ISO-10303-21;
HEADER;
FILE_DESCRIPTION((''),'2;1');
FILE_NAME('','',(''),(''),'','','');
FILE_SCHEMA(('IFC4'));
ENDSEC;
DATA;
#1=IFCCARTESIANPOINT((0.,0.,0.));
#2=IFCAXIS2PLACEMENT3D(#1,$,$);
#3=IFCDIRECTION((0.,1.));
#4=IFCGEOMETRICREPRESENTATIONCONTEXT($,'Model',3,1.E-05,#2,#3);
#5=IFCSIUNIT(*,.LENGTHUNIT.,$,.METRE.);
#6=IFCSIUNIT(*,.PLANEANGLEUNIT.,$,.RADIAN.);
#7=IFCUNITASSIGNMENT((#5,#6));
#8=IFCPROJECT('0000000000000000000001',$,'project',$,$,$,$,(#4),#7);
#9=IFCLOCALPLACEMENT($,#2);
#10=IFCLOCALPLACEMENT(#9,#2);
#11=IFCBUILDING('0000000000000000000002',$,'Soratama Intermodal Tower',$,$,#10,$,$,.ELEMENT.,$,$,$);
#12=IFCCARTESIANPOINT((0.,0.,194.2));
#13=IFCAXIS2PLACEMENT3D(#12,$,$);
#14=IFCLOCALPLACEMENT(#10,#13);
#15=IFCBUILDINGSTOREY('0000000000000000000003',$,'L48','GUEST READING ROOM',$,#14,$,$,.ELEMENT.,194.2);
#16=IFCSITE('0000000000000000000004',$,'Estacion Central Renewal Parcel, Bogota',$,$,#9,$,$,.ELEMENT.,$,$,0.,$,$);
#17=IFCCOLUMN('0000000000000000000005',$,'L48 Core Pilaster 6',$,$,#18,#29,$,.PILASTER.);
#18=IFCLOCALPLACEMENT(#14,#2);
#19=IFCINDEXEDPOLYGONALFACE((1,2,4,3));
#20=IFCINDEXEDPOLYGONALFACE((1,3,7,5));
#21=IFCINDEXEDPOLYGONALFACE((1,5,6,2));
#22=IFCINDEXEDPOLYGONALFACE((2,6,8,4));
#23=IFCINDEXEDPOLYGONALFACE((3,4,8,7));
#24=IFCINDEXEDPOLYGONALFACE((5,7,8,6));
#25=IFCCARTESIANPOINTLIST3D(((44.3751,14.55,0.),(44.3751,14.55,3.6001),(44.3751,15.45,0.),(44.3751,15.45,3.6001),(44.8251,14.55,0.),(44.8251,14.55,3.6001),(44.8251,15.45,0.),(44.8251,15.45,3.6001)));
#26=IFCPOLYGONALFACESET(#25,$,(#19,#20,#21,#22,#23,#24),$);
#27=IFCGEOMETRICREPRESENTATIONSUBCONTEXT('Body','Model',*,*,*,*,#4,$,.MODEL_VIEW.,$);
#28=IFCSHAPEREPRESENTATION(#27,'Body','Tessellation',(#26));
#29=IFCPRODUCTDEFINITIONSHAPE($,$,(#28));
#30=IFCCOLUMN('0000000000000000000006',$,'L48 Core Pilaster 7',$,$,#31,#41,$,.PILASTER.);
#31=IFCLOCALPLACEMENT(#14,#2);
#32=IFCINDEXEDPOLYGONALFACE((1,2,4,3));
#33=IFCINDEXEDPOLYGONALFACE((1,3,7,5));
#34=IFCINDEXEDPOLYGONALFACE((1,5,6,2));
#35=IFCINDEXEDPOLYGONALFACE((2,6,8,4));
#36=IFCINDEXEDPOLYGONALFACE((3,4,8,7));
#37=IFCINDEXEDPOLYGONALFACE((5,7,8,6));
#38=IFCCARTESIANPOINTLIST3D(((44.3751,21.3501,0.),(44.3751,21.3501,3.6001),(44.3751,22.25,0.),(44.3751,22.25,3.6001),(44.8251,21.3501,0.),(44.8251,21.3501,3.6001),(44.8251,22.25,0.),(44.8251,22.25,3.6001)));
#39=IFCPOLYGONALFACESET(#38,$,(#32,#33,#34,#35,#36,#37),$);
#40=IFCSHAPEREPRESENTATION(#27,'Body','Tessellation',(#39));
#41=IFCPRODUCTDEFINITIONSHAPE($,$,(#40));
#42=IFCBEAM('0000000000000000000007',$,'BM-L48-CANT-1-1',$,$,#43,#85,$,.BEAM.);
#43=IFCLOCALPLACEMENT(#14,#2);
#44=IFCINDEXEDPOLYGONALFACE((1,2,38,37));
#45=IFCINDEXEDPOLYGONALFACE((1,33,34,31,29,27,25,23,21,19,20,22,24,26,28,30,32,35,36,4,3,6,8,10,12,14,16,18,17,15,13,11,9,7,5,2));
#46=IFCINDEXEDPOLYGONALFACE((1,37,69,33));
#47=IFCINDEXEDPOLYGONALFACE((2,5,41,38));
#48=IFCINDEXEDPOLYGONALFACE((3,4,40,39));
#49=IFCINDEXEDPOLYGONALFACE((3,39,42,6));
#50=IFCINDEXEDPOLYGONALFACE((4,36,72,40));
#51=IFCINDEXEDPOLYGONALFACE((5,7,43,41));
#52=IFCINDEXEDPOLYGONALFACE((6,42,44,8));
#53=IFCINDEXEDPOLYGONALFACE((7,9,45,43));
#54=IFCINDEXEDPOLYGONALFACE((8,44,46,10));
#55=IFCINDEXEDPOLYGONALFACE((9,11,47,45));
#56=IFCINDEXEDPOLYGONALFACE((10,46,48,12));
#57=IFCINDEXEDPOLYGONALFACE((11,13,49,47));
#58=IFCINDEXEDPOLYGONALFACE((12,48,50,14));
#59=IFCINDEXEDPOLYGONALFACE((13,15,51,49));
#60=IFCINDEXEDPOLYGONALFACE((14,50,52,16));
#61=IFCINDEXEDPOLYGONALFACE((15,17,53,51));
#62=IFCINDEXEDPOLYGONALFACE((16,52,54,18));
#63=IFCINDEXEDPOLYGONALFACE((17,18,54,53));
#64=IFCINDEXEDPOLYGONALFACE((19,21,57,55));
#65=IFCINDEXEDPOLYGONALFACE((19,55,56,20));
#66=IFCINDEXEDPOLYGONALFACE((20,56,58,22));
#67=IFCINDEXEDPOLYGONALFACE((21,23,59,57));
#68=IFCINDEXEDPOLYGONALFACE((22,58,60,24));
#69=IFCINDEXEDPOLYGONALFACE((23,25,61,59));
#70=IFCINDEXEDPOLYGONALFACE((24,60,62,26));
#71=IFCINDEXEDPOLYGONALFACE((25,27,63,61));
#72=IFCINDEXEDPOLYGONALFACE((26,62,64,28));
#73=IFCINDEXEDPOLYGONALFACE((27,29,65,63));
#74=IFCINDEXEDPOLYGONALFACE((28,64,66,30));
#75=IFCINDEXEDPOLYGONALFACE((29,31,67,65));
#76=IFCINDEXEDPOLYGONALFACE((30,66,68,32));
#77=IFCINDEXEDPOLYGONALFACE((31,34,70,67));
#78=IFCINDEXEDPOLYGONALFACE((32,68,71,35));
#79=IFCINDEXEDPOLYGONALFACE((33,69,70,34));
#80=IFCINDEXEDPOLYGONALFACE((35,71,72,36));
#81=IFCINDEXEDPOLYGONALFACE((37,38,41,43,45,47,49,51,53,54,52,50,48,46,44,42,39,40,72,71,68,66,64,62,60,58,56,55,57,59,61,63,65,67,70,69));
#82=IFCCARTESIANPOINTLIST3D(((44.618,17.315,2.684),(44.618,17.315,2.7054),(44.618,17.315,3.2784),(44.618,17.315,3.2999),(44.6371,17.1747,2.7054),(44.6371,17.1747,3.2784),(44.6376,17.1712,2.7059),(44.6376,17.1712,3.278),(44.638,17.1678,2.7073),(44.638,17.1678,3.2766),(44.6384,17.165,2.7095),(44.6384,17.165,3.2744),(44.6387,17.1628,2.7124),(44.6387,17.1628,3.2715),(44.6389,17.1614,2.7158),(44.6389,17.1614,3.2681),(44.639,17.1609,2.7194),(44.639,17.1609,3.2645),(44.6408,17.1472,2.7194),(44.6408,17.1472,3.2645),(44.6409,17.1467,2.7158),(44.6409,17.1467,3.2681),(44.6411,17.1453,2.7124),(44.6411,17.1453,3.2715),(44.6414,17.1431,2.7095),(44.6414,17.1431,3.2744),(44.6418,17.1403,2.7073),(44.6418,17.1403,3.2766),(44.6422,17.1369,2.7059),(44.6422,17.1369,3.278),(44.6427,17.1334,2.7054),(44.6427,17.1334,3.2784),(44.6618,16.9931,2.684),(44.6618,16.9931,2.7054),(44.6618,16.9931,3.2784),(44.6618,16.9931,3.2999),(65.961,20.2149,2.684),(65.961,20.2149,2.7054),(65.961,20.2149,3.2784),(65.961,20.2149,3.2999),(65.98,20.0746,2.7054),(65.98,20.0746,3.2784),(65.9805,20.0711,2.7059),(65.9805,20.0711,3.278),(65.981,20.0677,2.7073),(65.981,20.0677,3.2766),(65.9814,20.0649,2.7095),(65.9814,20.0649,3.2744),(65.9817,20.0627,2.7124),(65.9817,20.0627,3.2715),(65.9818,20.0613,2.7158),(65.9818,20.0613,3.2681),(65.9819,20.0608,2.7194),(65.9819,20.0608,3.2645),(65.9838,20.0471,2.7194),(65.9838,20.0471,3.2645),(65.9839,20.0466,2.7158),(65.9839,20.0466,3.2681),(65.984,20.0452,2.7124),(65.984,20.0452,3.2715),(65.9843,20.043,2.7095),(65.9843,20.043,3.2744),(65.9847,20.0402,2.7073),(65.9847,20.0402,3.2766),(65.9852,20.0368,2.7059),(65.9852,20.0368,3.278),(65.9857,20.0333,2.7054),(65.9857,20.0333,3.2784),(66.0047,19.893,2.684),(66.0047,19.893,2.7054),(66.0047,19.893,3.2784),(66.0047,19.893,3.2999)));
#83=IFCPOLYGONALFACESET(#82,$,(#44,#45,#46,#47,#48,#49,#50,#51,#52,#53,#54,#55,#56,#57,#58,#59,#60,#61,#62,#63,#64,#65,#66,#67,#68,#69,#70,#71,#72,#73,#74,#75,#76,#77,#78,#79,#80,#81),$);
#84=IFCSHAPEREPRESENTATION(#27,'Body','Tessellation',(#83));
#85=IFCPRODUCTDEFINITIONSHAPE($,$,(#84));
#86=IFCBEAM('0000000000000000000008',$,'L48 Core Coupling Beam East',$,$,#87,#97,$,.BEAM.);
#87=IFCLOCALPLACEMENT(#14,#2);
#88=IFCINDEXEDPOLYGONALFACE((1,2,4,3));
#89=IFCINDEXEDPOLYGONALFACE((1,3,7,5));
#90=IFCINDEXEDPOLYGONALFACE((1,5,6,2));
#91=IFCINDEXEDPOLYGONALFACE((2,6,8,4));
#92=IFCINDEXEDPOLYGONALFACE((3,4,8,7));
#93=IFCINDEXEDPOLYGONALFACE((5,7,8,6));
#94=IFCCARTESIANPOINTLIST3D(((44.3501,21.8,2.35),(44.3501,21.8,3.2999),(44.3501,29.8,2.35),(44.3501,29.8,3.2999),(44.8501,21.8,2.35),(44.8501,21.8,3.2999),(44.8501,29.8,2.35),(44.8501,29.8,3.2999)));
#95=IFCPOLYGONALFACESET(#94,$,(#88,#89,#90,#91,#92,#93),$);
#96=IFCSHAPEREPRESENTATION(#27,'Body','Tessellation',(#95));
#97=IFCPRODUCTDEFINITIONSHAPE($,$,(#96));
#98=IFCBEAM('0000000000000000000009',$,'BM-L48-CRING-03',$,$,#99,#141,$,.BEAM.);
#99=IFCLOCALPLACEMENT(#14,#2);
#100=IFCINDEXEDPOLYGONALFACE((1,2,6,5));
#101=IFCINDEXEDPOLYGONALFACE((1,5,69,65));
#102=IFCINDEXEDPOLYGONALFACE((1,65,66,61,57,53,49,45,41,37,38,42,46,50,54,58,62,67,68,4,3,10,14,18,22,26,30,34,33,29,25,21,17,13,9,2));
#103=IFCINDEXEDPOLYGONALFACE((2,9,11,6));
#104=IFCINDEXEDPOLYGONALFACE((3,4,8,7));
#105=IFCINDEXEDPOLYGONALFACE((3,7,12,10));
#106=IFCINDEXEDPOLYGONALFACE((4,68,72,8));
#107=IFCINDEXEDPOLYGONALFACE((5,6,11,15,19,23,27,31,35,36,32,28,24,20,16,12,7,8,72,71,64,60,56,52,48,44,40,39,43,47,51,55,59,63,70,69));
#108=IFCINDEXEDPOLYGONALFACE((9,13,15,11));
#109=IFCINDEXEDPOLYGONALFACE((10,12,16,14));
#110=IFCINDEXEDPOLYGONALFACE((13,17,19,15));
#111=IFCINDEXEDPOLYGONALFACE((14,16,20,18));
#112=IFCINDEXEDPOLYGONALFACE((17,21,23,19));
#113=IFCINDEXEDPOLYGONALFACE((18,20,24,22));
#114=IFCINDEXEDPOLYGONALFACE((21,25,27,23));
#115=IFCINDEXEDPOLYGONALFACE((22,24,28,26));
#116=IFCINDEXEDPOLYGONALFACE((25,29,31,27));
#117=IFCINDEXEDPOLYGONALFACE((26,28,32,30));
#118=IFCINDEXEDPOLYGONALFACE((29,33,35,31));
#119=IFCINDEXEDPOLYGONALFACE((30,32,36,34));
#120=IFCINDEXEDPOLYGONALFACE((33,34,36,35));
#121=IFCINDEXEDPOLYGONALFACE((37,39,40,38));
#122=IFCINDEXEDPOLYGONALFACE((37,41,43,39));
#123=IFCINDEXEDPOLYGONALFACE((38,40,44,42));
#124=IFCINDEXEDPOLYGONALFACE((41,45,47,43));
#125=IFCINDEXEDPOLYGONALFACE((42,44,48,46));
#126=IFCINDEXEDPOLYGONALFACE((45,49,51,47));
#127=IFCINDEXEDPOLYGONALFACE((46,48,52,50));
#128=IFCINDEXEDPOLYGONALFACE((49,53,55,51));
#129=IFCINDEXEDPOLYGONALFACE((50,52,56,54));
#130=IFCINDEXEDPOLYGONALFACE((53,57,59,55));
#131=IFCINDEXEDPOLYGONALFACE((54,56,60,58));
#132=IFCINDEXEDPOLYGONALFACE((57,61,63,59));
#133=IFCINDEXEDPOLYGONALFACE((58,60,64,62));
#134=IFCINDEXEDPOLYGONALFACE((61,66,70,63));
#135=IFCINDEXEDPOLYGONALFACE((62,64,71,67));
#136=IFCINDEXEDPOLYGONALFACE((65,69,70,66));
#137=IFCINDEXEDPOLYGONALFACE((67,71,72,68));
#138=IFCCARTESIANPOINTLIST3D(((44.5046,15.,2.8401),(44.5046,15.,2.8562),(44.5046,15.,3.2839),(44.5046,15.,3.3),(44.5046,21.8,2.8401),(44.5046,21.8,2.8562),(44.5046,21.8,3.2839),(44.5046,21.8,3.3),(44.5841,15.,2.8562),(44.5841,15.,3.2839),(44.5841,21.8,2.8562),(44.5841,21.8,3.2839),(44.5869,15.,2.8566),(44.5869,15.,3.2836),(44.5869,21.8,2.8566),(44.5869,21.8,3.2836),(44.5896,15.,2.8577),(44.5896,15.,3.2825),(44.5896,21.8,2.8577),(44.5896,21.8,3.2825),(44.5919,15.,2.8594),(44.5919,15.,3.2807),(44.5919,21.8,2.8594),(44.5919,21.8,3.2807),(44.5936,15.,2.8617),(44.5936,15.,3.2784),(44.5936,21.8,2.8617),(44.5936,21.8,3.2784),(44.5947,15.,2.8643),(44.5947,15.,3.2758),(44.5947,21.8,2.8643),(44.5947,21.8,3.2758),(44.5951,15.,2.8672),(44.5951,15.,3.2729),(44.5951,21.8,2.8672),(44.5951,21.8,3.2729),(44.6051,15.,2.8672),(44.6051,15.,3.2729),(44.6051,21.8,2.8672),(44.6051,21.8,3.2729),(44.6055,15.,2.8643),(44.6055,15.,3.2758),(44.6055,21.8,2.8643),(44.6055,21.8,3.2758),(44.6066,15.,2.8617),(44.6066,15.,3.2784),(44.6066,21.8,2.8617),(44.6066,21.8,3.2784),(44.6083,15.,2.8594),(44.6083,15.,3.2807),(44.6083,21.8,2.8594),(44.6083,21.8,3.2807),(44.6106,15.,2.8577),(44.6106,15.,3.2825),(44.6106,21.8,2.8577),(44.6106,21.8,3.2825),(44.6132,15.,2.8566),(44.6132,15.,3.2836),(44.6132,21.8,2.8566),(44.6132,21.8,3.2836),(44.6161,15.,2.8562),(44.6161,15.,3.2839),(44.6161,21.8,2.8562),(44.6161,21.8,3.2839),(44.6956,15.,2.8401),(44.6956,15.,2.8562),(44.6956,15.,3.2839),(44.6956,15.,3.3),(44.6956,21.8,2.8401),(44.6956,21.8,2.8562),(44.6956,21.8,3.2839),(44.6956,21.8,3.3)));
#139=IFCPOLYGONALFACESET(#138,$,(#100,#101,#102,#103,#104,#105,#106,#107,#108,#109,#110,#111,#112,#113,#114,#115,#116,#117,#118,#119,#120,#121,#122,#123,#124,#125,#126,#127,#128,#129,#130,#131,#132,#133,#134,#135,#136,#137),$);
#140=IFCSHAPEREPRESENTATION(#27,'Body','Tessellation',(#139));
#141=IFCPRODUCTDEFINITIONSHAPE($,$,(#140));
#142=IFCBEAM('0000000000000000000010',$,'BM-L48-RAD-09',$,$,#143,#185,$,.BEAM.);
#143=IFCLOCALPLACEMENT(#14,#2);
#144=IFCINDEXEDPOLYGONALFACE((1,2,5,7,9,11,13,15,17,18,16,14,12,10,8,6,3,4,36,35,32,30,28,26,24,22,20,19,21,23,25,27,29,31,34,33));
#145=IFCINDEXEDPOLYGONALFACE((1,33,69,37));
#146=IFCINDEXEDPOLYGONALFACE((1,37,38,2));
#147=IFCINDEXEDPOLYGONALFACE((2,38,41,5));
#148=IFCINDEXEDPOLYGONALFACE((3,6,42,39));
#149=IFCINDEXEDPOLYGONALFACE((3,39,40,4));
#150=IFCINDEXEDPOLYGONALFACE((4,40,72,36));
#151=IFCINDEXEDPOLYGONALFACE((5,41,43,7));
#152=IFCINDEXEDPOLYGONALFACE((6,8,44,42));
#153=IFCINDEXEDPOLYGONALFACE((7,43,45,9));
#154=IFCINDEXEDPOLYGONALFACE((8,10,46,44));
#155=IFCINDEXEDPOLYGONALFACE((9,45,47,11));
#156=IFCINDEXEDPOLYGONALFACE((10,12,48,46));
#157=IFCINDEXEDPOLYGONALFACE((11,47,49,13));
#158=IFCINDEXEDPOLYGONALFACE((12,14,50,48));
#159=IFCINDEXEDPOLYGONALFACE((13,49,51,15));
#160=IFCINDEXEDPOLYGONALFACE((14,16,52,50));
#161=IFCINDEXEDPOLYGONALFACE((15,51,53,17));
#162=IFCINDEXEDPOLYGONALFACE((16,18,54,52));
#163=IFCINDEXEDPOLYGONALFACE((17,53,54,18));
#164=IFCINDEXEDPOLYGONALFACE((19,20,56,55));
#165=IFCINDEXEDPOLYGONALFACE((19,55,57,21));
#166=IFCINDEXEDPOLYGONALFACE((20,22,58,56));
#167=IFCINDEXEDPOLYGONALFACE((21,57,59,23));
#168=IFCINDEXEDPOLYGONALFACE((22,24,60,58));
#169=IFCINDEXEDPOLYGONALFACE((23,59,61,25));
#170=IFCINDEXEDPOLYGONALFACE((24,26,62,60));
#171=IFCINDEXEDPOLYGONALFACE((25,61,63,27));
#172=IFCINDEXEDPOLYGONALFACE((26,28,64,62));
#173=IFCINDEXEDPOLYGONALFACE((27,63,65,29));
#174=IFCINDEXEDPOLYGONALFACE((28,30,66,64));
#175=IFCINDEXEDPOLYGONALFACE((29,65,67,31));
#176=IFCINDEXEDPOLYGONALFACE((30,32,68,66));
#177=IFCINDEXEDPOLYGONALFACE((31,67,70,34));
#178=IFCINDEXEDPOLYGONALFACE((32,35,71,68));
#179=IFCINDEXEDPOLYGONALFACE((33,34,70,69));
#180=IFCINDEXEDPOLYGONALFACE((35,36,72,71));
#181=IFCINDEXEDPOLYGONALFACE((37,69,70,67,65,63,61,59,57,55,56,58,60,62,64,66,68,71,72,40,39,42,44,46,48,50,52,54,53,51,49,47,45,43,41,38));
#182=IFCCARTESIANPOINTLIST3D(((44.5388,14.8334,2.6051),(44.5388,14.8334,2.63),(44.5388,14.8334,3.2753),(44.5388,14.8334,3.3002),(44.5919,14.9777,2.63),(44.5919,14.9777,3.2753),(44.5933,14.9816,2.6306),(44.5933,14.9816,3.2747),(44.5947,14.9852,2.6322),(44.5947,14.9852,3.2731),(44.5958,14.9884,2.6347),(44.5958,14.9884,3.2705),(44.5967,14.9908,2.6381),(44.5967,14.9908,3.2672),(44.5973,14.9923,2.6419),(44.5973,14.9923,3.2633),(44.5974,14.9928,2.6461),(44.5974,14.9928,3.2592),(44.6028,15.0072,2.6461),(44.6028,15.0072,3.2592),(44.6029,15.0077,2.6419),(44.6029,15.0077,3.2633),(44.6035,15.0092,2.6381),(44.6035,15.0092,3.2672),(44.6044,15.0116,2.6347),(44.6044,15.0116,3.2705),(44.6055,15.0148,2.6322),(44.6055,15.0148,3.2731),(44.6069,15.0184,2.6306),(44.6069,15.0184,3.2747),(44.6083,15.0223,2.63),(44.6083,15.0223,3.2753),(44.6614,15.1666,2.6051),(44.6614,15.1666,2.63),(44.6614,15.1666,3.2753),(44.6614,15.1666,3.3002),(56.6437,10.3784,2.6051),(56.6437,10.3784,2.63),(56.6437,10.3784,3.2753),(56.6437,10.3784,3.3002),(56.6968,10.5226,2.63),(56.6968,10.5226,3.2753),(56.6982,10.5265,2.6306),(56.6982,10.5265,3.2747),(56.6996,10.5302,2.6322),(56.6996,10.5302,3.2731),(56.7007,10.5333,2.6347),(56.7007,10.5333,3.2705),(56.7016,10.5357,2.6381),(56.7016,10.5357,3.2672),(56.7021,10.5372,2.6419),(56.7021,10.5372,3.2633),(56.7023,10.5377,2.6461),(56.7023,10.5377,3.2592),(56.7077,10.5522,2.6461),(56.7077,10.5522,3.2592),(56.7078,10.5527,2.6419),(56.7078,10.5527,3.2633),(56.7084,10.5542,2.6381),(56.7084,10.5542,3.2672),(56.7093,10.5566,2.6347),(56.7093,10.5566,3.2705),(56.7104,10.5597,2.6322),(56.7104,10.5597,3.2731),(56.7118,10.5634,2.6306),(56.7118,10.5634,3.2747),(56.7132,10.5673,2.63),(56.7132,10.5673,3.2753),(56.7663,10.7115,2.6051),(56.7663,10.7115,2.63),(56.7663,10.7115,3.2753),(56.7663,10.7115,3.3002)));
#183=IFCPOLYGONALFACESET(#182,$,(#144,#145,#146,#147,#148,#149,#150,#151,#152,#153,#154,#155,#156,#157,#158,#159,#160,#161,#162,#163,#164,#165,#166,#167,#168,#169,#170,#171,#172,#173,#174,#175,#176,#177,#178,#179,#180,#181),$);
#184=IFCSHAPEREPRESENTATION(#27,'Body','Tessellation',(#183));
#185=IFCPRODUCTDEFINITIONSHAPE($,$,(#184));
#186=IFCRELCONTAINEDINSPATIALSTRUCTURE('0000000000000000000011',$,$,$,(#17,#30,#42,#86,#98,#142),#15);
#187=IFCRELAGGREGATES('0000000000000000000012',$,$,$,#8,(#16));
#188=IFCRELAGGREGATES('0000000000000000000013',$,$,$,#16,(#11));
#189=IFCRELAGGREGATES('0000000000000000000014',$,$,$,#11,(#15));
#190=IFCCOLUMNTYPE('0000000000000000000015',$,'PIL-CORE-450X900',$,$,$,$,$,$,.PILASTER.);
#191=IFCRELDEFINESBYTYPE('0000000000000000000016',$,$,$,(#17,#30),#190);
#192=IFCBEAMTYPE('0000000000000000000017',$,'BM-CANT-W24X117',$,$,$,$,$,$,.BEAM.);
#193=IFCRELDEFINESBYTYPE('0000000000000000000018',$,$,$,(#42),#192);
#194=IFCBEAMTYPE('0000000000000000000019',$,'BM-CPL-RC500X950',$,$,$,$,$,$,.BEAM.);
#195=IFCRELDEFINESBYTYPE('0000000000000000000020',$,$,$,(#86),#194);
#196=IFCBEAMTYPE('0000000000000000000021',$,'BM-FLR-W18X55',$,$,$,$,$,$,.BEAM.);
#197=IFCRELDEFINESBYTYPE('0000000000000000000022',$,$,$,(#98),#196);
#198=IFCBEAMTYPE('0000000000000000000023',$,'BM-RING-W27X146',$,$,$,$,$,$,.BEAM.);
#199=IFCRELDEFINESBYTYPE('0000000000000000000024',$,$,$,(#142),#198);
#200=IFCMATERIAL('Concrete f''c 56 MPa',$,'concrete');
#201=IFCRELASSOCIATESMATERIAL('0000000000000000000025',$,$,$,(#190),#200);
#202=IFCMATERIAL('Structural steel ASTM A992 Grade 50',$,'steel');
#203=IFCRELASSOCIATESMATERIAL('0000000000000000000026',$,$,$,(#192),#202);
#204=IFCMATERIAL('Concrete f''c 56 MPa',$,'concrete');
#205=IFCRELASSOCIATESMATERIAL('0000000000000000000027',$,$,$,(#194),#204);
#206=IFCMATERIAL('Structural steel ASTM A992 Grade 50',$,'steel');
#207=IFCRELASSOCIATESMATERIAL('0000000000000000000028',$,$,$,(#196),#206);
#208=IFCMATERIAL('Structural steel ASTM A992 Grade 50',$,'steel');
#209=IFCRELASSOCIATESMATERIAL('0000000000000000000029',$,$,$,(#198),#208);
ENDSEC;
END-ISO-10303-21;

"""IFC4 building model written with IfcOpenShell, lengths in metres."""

from ifc_helpers import new_model, si_unit, direction, frame, origin, origin_2d, place, context, subcontext, project, spatial, rectangle, i_section, extrude, material, material_profile, profile_set, type_object, element, save


model = new_model("IFC4")

# Units and contexts
model_context = context("Model", 3, precision=1e-05, world=origin(), true_north=direction((0.0, 1.0)))
body_context = subcontext(model_context, "Body", "Model", "MODEL_VIEW")
ifc_project = project(units=[si_unit("LENGTHUNIT", "METRE"), si_unit("PLANEANGLEUNIT", "RADIAN")], contexts=[model_context])

# Site, building, storey
site_placement = place(None, origin())
site = spatial("IfcSite", under=ifc_project, at=site_placement, Name="Estacion Central Renewal Parcel, Bogota", CompositionType="ELEMENT", RefElevation=0.0)
building_placement = place(site_placement, origin())
building = spatial("IfcBuilding", under=site, at=building_placement, Name="Soratama Intermodal Tower", CompositionType="ELEMENT")
storey_placement = place(building_placement, frame((0.0, 0.0, 194.2)))
storey = spatial("IfcBuildingStorey", under=building, at=storey_placement, Name="L48", Description="GUEST READING ROOM", CompositionType="ELEMENT", Elevation=194.2)

# Columns
ifc_material_1 = material(Name="Concrete f'c 56 MPa", Category="concrete")
ifc_material_profile_1 = material_profile(ifc_material_1, rectangle(XDim=0.45, YDim=0.8999, at=origin_2d()), Name="RC450X900")
ifc_profile_set_1 = profile_set([ifc_material_profile_1], Name="Concrete f'c 56 MPa")
column_type = type_object("IfcColumnType", Name="PIL-CORE-450X900", PredefinedType="PILASTER", material=ifc_profile_set_1)
for number, where, z_axis, x_axis, name in (
    (1, (44.6001, 15.0, 0.0), (0.0, 0.0, 1.0), (1.0, 0.0, 0.0), "L48 Core Pilaster 6"),
    (2, (44.6001, 21.8, 0.0), (0.0, 0.0, 1.0), (1.0, 0.0, 0.0), "L48 Core Pilaster 7"),
):
    element("IfcColumn", number, at=place(storey_placement, frame(where, z_axis=z_axis, x_axis=x_axis)), inside=storey, type_object=column_type, Name=name, PredefinedType="PILASTER", context=body_context, shape_type="SweptSolid", body=[
        extrude(rectangle(XDim=0.45, YDim=0.8999, at=origin_2d()), origin(), (0.0, 0.0, 1.0), 3.6001),
    ])

# Beams
ifc_material_2 = material(Name="Structural steel ASTM A992 Grade 50", Category="steel")
ifc_material_profile_2 = material_profile(ifc_material_2, i_section(OverallWidth=0.325, OverallDepth=0.616, WebThickness=0.0139, FlangeThickness=0.0215, FilletRadius=0.0139, at=origin_2d()), Name="W24X117")
ifc_profile_set_2 = profile_set([ifc_material_profile_2], Name="Structural steel ASTM A992 Grade 50")
beam_type_1 = type_object("IfcBeamType", Name="BM-CANT-W24X117", PredefinedType="BEAM", material=ifc_profile_set_2)
beam_1_placement = place(storey_placement, frame((44.6399, 17.1541, 2.9919), z_axis=(0.990895, 0.134634, 0.0), x_axis=(-0.134634, 0.990895, 0.0)))
element("IfcBeam", 3, at=beam_1_placement, inside=storey, type_object=beam_type_1, Name="BM-L48-CANT-1-1", PredefinedType="BEAM", context=body_context, shape_type="SweptSolid", body=[
    extrude(i_section(OverallWidth=0.325, OverallDepth=0.616, WebThickness=0.0139, FlangeThickness=0.0215, FilletRadius=0.0139, at=origin_2d()), origin(), (0.0, 0.0, 1.0), 21.5391),
])
ifc_material_3 = material(Name="Concrete f'c 56 MPa", Category="concrete")
ifc_material_profile_3 = material_profile(ifc_material_3, rectangle(XDim=0.5, YDim=0.95, at=origin_2d()), Name="RC500X950")
ifc_profile_set_3 = profile_set([ifc_material_profile_3], Name="Concrete f'c 56 MPa")
beam_type_2 = type_object("IfcBeamType", Name="BM-CPL-RC500X950", PredefinedType="BEAM", material=ifc_profile_set_3)
beam_2_placement = place(storey_placement, frame((44.6001, 21.8, 2.825), z_axis=(0.0, 1.0, 0.0), x_axis=(-1.0, 0.0, 0.0)))
element("IfcBeam", 4, at=beam_2_placement, inside=storey, type_object=beam_type_2, Name="L48 Core Coupling Beam East", PredefinedType="BEAM", context=body_context, shape_type="SweptSolid", body=[
    extrude(rectangle(XDim=0.5, YDim=0.95, at=origin_2d()), origin(), (0.0, 0.0, 1.0), 8.0),
])
ifc_material_4 = material(Name="Structural steel ASTM A992 Grade 50", Category="steel")
ifc_material_profile_4 = material_profile(ifc_material_4, i_section(OverallWidth=0.1909, OverallDepth=0.46, WebThickness=0.01, FlangeThickness=0.0161, FilletRadius=0.011, at=origin_2d()), Name="W18X55")
ifc_profile_set_4 = profile_set([ifc_material_profile_4], Name="Structural steel ASTM A992 Grade 50")
beam_type_3 = type_object("IfcBeamType", Name="BM-FLR-W18X55", PredefinedType="BEAM", material=ifc_profile_set_4)
beam_3_placement = place(storey_placement, frame((44.6001, 15.0, 3.0701), z_axis=(0.0, 1.0, 0.0), x_axis=(-1.0, 0.0, 0.0)))
element("IfcBeam", 5, at=beam_3_placement, inside=storey, type_object=beam_type_3, Name="BM-L48-CRING-03", PredefinedType="BEAM", context=body_context, shape_type="SweptSolid", body=[
    extrude(i_section(OverallWidth=0.1909, OverallDepth=0.46, WebThickness=0.01, FlangeThickness=0.0161, FilletRadius=0.011, at=origin_2d()), origin(), (0.0, 0.0, 1.0), 6.8),
])
ifc_material_5 = material(Name="Structural steel ASTM A992 Grade 50", Category="steel")
ifc_material_profile_5 = material_profile(ifc_material_5, i_section(OverallWidth=0.355, OverallDepth=0.6951, WebThickness=0.0154, FlangeThickness=0.0249, FilletRadius=0.0161, at=origin_2d()), Name="W27X146")
ifc_profile_set_5 = profile_set([ifc_material_profile_5], Name="Structural steel ASTM A992 Grade 50")
beam_type_4 = type_object("IfcBeamType", Name="BM-RING-W27X146", PredefinedType="BEAM", material=ifc_profile_set_5)
beam_4_placement = place(storey_placement, frame((44.6001, 15.0, 2.9526), z_axis=(0.93846, -0.345388, 0.0), x_axis=(0.345388, 0.93846, 0.0)))
element("IfcBeam", 6, at=beam_4_placement, inside=storey, type_object=beam_type_4, Name="BM-L48-RAD-09", PredefinedType="BEAM", context=body_context, shape_type="SweptSolid", body=[
    extrude(i_section(OverallWidth=0.355, OverallDepth=0.6951, WebThickness=0.0154, FlangeThickness=0.0249, FilletRadius=0.0161, at=origin_2d()), origin(), (0.0, 0.0, 1.0), 12.8987),
])

save(model, "model.ifc")
